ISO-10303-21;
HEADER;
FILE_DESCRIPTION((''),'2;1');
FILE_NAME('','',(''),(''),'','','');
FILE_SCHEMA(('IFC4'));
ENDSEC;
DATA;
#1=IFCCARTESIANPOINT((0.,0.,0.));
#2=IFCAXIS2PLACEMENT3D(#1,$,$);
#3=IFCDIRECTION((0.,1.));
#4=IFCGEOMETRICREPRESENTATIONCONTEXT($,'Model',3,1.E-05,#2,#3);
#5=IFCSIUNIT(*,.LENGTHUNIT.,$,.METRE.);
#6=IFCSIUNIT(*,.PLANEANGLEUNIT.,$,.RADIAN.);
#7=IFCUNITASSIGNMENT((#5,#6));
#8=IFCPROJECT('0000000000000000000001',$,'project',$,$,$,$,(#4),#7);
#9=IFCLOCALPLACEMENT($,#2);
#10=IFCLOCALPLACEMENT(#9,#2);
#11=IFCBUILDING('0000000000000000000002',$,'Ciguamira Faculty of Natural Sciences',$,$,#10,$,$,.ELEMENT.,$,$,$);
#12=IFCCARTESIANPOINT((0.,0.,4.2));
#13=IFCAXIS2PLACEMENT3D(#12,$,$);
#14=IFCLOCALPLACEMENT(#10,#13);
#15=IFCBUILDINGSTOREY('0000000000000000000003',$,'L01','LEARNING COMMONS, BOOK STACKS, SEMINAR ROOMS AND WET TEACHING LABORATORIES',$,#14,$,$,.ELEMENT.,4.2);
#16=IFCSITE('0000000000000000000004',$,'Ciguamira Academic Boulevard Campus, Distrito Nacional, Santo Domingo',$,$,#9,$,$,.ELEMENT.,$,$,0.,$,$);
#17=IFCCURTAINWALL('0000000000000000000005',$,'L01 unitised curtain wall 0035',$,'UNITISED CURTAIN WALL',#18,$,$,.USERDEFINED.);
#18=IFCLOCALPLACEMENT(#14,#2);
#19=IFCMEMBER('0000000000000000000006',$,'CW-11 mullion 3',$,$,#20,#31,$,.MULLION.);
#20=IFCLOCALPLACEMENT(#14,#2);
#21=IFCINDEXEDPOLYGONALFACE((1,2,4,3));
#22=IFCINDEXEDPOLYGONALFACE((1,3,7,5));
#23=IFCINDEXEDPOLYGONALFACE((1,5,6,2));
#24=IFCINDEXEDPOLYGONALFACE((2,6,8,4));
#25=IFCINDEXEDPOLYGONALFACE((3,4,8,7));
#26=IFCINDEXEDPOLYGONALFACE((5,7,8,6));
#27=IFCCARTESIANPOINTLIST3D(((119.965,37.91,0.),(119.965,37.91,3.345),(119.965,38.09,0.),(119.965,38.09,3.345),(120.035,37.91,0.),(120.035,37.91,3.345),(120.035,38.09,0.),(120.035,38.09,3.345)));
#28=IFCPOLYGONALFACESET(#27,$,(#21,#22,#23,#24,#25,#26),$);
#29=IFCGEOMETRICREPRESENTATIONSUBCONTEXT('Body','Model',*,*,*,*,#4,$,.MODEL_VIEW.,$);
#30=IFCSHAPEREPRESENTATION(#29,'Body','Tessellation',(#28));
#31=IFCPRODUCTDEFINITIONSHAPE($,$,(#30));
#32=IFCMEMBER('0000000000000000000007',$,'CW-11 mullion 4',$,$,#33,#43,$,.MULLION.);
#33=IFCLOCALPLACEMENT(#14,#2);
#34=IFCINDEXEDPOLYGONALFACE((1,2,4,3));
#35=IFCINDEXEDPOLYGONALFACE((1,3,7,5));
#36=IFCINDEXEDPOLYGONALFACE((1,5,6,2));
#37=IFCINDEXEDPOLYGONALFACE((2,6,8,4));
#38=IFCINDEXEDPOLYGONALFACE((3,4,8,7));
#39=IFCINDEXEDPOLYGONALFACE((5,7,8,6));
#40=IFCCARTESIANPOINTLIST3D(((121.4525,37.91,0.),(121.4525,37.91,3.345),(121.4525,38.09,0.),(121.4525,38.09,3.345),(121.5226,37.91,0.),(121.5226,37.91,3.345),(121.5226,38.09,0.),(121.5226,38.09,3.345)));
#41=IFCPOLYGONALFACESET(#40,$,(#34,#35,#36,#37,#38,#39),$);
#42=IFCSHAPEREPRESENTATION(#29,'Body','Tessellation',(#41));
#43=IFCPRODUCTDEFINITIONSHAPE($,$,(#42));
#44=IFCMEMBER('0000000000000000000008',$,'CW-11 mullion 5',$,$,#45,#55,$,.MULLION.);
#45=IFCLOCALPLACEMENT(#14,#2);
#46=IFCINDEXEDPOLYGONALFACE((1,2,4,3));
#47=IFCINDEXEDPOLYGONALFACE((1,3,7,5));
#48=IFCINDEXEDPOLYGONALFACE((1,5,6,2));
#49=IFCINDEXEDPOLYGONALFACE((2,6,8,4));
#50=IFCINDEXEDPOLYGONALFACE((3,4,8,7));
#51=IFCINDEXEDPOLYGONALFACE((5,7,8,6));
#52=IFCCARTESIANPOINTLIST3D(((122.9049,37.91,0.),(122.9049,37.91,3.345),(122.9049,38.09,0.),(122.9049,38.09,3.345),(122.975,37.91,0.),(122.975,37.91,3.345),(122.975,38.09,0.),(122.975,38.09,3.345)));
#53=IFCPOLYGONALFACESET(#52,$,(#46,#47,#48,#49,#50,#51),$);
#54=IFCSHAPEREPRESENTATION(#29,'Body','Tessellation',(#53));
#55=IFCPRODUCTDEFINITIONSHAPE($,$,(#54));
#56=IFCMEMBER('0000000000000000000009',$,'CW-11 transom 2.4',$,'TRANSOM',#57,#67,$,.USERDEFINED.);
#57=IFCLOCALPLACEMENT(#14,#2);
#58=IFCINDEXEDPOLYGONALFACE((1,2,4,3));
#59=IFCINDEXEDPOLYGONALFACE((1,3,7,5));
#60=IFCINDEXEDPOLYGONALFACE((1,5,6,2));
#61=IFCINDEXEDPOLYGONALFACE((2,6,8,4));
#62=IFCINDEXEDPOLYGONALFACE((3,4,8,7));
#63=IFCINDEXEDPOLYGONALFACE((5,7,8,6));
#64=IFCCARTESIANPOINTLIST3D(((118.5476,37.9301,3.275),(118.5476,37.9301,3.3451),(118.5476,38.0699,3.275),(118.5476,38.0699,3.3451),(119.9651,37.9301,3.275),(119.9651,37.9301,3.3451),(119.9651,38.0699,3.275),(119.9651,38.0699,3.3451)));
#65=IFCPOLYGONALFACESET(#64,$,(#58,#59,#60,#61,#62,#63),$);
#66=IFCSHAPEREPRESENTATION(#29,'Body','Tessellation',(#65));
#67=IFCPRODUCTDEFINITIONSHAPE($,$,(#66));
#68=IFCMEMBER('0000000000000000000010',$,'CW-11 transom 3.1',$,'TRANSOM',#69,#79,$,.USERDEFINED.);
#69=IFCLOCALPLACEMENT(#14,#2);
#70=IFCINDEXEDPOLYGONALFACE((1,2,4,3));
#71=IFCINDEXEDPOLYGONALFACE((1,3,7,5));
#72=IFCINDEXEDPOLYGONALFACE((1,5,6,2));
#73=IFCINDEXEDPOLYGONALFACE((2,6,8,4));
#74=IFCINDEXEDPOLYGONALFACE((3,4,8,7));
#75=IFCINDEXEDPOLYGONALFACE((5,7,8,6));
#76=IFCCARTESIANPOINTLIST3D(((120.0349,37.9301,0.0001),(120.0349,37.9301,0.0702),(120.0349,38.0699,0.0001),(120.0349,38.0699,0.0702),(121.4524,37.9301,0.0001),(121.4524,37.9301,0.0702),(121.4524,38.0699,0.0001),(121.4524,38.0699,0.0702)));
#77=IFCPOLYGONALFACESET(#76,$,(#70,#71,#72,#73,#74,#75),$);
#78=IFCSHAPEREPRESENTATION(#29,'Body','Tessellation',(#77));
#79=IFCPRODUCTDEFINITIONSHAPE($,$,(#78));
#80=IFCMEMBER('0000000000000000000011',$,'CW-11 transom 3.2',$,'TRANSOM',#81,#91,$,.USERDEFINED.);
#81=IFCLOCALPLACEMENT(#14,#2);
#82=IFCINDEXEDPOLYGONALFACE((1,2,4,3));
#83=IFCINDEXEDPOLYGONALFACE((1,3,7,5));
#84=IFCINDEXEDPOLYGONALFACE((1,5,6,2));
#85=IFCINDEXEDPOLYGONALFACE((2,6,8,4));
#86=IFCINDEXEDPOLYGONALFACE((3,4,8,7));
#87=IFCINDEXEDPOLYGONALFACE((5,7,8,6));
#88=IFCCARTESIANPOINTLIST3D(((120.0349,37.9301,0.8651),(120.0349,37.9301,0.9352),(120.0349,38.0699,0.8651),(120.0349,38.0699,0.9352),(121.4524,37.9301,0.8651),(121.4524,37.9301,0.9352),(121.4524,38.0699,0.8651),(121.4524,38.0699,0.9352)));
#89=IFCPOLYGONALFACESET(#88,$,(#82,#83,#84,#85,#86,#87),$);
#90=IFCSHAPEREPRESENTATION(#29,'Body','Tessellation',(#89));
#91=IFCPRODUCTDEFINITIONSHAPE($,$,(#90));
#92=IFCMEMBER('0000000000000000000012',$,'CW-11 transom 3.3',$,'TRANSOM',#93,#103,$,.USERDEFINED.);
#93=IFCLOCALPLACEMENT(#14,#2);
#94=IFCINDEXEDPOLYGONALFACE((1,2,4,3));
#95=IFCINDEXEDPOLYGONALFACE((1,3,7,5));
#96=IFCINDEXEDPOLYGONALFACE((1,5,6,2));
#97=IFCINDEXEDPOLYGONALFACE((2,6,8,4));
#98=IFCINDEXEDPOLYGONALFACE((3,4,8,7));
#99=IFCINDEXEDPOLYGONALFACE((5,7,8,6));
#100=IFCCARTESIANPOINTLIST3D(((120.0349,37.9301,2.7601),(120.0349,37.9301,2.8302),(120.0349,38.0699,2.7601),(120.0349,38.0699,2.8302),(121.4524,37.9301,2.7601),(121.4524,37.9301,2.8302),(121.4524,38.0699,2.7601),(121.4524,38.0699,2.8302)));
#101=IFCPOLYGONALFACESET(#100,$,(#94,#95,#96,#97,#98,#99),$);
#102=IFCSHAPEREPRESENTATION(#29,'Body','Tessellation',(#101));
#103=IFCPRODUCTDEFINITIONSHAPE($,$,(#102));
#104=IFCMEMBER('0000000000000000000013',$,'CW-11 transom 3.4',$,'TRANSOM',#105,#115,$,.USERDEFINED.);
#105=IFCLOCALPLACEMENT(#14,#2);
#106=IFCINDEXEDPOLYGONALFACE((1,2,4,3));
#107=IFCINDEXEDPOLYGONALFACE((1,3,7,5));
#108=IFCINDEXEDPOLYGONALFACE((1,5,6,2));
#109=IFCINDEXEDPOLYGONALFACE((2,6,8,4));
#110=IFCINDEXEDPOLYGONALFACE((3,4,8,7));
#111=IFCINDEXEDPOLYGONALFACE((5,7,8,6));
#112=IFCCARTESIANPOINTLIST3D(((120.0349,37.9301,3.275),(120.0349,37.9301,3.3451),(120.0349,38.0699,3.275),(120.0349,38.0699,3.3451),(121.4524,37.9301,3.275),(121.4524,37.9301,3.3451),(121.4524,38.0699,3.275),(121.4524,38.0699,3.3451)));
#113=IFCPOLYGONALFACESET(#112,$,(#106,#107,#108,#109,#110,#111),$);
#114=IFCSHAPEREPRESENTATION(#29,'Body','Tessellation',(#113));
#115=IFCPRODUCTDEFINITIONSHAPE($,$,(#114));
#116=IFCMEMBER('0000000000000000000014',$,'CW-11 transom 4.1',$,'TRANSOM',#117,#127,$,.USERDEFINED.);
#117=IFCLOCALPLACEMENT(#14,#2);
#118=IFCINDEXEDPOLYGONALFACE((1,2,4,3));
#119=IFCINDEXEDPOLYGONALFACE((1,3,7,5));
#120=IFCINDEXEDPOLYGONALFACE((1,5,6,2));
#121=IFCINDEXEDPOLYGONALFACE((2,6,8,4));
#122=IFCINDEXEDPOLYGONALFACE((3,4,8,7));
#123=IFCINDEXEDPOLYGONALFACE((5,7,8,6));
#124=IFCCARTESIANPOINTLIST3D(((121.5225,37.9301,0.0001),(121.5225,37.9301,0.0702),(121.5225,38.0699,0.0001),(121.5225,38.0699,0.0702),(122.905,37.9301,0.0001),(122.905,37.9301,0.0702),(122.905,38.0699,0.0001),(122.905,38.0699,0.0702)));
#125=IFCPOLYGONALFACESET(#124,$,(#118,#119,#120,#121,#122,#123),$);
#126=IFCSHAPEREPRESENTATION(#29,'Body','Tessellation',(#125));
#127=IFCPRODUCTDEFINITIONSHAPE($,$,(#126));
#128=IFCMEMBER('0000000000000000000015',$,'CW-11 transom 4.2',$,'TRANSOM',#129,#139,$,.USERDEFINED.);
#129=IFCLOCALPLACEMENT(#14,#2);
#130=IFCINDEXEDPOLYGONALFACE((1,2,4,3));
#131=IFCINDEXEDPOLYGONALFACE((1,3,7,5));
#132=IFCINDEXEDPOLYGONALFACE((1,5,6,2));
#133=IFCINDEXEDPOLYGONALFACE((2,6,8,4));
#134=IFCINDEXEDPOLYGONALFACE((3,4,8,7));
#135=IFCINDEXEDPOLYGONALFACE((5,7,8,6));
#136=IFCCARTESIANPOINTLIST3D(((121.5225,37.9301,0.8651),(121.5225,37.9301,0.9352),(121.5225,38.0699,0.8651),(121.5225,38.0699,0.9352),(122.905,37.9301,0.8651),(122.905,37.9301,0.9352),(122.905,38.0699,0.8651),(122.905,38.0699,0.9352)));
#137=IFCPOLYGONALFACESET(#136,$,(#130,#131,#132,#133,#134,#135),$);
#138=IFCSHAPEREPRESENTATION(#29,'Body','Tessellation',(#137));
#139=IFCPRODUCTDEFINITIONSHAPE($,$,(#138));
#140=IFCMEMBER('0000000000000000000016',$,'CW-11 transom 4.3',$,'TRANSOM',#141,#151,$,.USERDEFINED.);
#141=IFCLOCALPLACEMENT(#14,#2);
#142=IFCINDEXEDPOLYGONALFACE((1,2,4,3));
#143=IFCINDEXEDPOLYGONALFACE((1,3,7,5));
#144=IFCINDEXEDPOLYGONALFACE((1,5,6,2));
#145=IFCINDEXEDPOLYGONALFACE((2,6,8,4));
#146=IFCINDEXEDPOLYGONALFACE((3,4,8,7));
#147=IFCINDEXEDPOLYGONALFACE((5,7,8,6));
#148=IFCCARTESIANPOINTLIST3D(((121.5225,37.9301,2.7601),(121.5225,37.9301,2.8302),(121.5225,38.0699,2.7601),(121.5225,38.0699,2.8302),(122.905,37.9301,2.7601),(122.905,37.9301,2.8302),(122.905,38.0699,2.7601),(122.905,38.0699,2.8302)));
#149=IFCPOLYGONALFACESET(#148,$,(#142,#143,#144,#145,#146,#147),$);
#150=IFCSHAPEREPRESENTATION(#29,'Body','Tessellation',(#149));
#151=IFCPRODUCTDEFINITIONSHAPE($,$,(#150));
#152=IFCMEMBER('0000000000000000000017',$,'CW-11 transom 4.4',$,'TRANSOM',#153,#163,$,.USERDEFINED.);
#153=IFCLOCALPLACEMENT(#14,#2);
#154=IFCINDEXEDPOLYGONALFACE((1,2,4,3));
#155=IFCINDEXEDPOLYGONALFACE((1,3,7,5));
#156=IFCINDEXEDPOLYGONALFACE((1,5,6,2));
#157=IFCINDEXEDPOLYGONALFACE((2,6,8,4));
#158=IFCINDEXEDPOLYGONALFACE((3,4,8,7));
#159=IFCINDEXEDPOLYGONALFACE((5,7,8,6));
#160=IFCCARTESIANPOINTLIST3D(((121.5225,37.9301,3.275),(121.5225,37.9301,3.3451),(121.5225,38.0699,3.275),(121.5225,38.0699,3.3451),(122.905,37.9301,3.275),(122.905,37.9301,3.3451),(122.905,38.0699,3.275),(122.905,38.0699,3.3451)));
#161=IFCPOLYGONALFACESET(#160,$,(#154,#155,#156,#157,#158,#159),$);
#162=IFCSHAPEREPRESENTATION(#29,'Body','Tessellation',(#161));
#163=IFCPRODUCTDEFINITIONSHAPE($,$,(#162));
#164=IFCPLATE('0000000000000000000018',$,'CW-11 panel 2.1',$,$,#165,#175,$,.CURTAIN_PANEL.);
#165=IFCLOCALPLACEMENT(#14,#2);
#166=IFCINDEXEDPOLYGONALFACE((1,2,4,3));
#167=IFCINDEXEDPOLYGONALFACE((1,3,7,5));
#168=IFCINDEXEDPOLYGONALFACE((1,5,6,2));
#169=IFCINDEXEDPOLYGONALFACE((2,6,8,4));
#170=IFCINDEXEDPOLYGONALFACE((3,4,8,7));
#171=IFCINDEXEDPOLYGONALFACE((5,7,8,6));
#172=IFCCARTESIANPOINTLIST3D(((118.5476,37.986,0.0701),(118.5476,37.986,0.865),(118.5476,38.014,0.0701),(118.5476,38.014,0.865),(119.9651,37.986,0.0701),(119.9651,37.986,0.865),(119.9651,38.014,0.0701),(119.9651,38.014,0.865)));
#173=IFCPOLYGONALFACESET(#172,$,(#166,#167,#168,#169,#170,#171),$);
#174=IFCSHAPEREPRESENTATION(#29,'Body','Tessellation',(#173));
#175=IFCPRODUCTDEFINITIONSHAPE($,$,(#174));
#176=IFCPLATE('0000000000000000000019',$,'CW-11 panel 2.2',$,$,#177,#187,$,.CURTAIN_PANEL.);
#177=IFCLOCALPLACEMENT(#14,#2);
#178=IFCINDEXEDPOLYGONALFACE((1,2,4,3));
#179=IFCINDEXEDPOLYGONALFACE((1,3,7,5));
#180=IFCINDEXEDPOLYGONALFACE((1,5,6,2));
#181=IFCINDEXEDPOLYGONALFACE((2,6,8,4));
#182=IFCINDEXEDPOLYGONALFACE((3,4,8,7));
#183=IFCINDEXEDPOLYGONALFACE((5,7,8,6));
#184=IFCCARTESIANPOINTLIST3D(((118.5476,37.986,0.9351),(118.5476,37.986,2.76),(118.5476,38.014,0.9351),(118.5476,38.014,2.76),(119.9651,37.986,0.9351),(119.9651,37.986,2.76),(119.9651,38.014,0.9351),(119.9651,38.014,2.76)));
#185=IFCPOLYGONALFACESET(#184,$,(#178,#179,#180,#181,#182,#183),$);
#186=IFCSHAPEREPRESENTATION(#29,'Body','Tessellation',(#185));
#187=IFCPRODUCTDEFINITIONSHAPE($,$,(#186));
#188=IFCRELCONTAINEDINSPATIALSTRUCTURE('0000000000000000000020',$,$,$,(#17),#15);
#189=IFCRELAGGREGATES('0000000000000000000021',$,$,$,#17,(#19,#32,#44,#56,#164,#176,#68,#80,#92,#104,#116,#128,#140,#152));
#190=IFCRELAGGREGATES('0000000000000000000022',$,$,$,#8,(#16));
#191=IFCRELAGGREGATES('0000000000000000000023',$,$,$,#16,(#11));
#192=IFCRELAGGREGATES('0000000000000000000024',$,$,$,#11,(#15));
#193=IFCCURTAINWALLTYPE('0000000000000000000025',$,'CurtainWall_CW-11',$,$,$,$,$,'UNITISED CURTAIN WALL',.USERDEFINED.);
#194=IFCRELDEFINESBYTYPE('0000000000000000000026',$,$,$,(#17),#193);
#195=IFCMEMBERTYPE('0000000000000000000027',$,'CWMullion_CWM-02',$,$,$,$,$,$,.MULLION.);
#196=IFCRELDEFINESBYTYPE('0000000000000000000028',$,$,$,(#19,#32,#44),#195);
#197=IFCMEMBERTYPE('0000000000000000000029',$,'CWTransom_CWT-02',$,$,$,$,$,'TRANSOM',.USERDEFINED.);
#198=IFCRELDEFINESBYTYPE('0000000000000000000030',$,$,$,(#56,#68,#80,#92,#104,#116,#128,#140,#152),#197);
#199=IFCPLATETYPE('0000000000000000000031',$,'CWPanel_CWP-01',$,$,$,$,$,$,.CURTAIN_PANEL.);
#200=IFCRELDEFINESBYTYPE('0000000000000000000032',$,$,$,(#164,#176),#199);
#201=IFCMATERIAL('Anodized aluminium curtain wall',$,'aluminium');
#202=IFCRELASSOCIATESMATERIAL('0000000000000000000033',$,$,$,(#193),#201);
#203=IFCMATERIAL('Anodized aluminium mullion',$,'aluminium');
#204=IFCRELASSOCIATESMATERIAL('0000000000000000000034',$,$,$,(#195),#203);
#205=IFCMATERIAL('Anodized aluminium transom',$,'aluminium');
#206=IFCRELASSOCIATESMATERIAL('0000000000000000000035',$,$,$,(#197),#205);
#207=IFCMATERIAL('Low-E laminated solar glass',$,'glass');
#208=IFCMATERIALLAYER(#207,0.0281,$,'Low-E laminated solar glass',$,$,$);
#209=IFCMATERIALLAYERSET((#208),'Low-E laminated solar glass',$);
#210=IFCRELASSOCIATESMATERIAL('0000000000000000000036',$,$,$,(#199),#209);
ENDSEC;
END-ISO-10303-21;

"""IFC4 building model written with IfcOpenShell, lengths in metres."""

from ifc_helpers import new_model, si_unit, direction, frame, origin, origin_2d, place, context, subcontext, project, spatial, rectangle, extrude, material, layer, layer_set, material_profile, profile_set, type_object, element, aggregate, save


model = new_model("IFC4")

# Units and contexts
model_context = context("Model", 3, precision=1e-05, world=origin(), true_north=direction((0.0, 1.0)))
body_context = subcontext(model_context, "Body", "Model", "MODEL_VIEW")
ifc_project = project(units=[si_unit("LENGTHUNIT", "METRE"), si_unit("PLANEANGLEUNIT", "RADIAN")], contexts=[model_context])

# Site, building, storey
site_placement = place(None, origin())
site = spatial("IfcSite", under=ifc_project, at=site_placement, Name="Ciguamira Academic Boulevard Campus, Distrito Nacional, Santo Domingo", CompositionType="ELEMENT", RefElevation=0.0)
building_placement = place(site_placement, origin())
building = spatial("IfcBuilding", under=site, at=building_placement, Name="Ciguamira Faculty of Natural Sciences", CompositionType="ELEMENT")
storey_placement = place(building_placement, frame((0.0, 0.0, 4.2)))
storey = spatial("IfcBuildingStorey", under=building, at=storey_placement, Name="L01", Description="LEARNING COMMONS, BOOK STACKS, SEMINAR ROOMS AND WET TEACHING LABORATORIES", CompositionType="ELEMENT", Elevation=4.2)

# Curtain wall, members, plates
ifc_material_1 = material(Name="Anodized aluminium curtain wall", Category="aluminium")
curtain_wall_type = type_object("IfcCurtainWallType", Name="CurtainWall_CW-11", ElementType="UNITISED CURTAIN WALL", PredefinedType="USERDEFINED", material=ifc_material_1)
curtain_wall_placement = place(storey_placement, origin())
curtain_wall = element("IfcCurtainWall", 1, at=curtain_wall_placement, inside=storey, type_object=curtain_wall_type, Name="L01 unitised curtain wall 0035", ObjectType="UNITISED CURTAIN WALL", PredefinedType="USERDEFINED")
ifc_material_2 = material(Name="Anodized aluminium mullion", Category="aluminium")
ifc_material_profile_1 = material_profile(ifc_material_2, rectangle(XDim=0.0701, YDim=0.1799, at=origin_2d()), Name="ALU-MUL-70X180")
ifc_profile_set_1 = profile_set([ifc_material_profile_1], Name="Anodized aluminium mullion")
member_type_1 = type_object("IfcMemberType", Name="CWMullion_CWM-02", PredefinedType="MULLION", material=ifc_profile_set_1)
member_1_placement = place(storey_placement, frame((120.0, 38.0, 0.0), z_axis=(0.0, 0.0, 1.0), x_axis=(1.0, 0.0, 0.0)))
member_1 = element("IfcMember", 2, at=member_1_placement, type_object=member_type_1, Name="CW-11 mullion 3", PredefinedType="MULLION", context=body_context, shape_type="SweptSolid", body=[
    extrude(rectangle(XDim=0.0701, YDim=0.1799, at=origin_2d()), origin(), (0.0, 0.0, 1.0), 3.345),
])
member_2_placement = place(storey_placement, frame((121.4875, 38.0, 0.0), z_axis=(0.0, 0.0, 1.0), x_axis=(1.0, 0.0, 0.0)))
member_2 = element("IfcMember", 3, at=member_2_placement, type_object=member_type_1, Name="CW-11 mullion 4", PredefinedType="MULLION", context=body_context, shape_type="SweptSolid", body=[
    extrude(rectangle(XDim=0.0701, YDim=0.1799, at=origin_2d()), origin(), (0.0, 0.0, 1.0), 3.345),
])
member_3_placement = place(storey_placement, frame((122.9399, 38.0, 0.0), z_axis=(0.0, 0.0, 1.0), x_axis=(1.0, 0.0, 0.0)))
member_3 = element("IfcMember", 4, at=member_3_placement, type_object=member_type_1, Name="CW-11 mullion 5", PredefinedType="MULLION", context=body_context, shape_type="SweptSolid", body=[
    extrude(rectangle(XDim=0.0701, YDim=0.1799, at=origin_2d()), origin(), (0.0, 0.0, 1.0), 3.345),
])
ifc_material_3 = material(Name="Anodized aluminium transom", Category="aluminium")
ifc_material_profile_2 = material_profile(ifc_material_3, rectangle(XDim=0.0701, YDim=0.1399, at=origin_2d()), Name="ALU-TRN-70X140")
ifc_profile_set_2 = profile_set([ifc_material_profile_2], Name="Anodized aluminium transom")
member_type_2 = type_object("IfcMemberType", Name="CWTransom_CWT-02", ElementType="TRANSOM", PredefinedType="USERDEFINED", material=ifc_profile_set_2)
member_4_placement = place(storey_placement, frame((118.5476, 38.0, 3.3101), z_axis=(1.0, 0.0, 0.0), x_axis=(0.0, 0.0, 1.0)))
member_4 = element("IfcMember", 5, at=member_4_placement, type_object=member_type_2, Name="CW-11 transom 2.4", ObjectType="TRANSOM", PredefinedType="USERDEFINED", context=body_context, shape_type="SweptSolid", body=[
    extrude(rectangle(XDim=0.0701, YDim=0.1399, at=origin_2d()), origin(), (0.0, 0.0, 1.0), 1.4175),
])
member_5_placement = place(storey_placement, frame((120.0349, 38.0, 0.0352), z_axis=(1.0, 0.0, 0.0), x_axis=(0.0, 0.0, 1.0)))
member_5 = element("IfcMember", 6, at=member_5_placement, type_object=member_type_2, Name="CW-11 transom 3.1", ObjectType="TRANSOM", PredefinedType="USERDEFINED", context=body_context, shape_type="SweptSolid", body=[
    extrude(rectangle(XDim=0.0701, YDim=0.1399, at=origin_2d()), origin(), (0.0, 0.0, 1.0), 1.4175),
])
member_6_placement = place(storey_placement, frame((120.0349, 38.0, 0.9001), z_axis=(1.0, 0.0, 0.0), x_axis=(0.0, 0.0, 1.0)))
member_6 = element("IfcMember", 7, at=member_6_placement, type_object=member_type_2, Name="CW-11 transom 3.2", ObjectType="TRANSOM", PredefinedType="USERDEFINED", context=body_context, shape_type="SweptSolid", body=[
    extrude(rectangle(XDim=0.0701, YDim=0.1399, at=origin_2d()), origin(), (0.0, 0.0, 1.0), 1.4175),
])
member_7_placement = place(storey_placement, frame((120.0349, 38.0, 2.7952), z_axis=(1.0, 0.0, 0.0), x_axis=(0.0, 0.0, 1.0)))
member_7 = element("IfcMember", 8, at=member_7_placement, type_object=member_type_2, Name="CW-11 transom 3.3", ObjectType="TRANSOM", PredefinedType="USERDEFINED", context=body_context, shape_type="SweptSolid", body=[
    extrude(rectangle(XDim=0.0701, YDim=0.1399, at=origin_2d()), origin(), (0.0, 0.0, 1.0), 1.4175),
])
member_8_placement = place(storey_placement, frame((120.0349, 38.0, 3.3101), z_axis=(1.0, 0.0, 0.0), x_axis=(0.0, 0.0, 1.0)))
member_8 = element("IfcMember", 9, at=member_8_placement, type_object=member_type_2, Name="CW-11 transom 3.4", ObjectType="TRANSOM", PredefinedType="USERDEFINED", context=body_context, shape_type="SweptSolid", body=[
    extrude(rectangle(XDim=0.0701, YDim=0.1399, at=origin_2d()), origin(), (0.0, 0.0, 1.0), 1.4175),
])
member_9_placement = place(storey_placement, frame((121.5225, 38.0, 0.0352), z_axis=(1.0, 0.0, 0.0), x_axis=(0.0, 0.0, 1.0)))
member_9 = element("IfcMember", 10, at=member_9_placement, type_object=member_type_2, Name="CW-11 transom 4.1", ObjectType="TRANSOM", PredefinedType="USERDEFINED", context=body_context, shape_type="SweptSolid", body=[
    extrude(rectangle(XDim=0.0701, YDim=0.1399, at=origin_2d()), origin(), (0.0, 0.0, 1.0), 1.3826),
])
member_10_placement = place(storey_placement, frame((121.5225, 38.0, 0.9001), z_axis=(1.0, 0.0, 0.0), x_axis=(0.0, 0.0, 1.0)))
member_10 = element("IfcMember", 11, at=member_10_placement, type_object=member_type_2, Name="CW-11 transom 4.2", ObjectType="TRANSOM", PredefinedType="USERDEFINED", context=body_context, shape_type="SweptSolid", body=[
    extrude(rectangle(XDim=0.0701, YDim=0.1399, at=origin_2d()), origin(), (0.0, 0.0, 1.0), 1.3826),
])
member_11_placement = place(storey_placement, frame((121.5225, 38.0, 2.7952), z_axis=(1.0, 0.0, 0.0), x_axis=(0.0, 0.0, 1.0)))
member_11 = element("IfcMember", 12, at=member_11_placement, type_object=member_type_2, Name="CW-11 transom 4.3", ObjectType="TRANSOM", PredefinedType="USERDEFINED", context=body_context, shape_type="SweptSolid", body=[
    extrude(rectangle(XDim=0.0701, YDim=0.1399, at=origin_2d()), origin(), (0.0, 0.0, 1.0), 1.3826),
])
member_12_placement = place(storey_placement, frame((121.5225, 38.0, 3.3101), z_axis=(1.0, 0.0, 0.0), x_axis=(0.0, 0.0, 1.0)))
member_12 = element("IfcMember", 13, at=member_12_placement, type_object=member_type_2, Name="CW-11 transom 4.4", ObjectType="TRANSOM", PredefinedType="USERDEFINED", context=body_context, shape_type="SweptSolid", body=[
    extrude(rectangle(XDim=0.0701, YDim=0.1399, at=origin_2d()), origin(), (0.0, 0.0, 1.0), 1.3826),
])
ifc_material_4 = material(Name="Low-E laminated solar glass", Category="glass")
ifc_layer = layer(ifc_material_4, 0.0281, Name="Low-E laminated solar glass")
ifc_layer_set = layer_set([ifc_layer], Name="Low-E laminated solar glass")
plate_type = type_object("IfcPlateType", Name="CWPanel_CWP-01", PredefinedType="CURTAIN_PANEL", material=ifc_layer_set)
plate_1_placement = place(storey_placement, frame((119.2563, 38.0, 0.0701), z_axis=(0.0, 0.0, 1.0), x_axis=(1.0, 0.0, 0.0)))
plate_1 = element("IfcPlate", 14, at=plate_1_placement, type_object=plate_type, Name="CW-11 panel 2.1", PredefinedType="CURTAIN_PANEL", context=body_context, shape_type="SweptSolid", body=[
    extrude(rectangle(XDim=1.4175, YDim=0.0281, at=origin_2d()), origin(), (0.0, 0.0, 1.0), 0.7949),
])
plate_2_placement = place(storey_placement, frame((119.2563, 38.0, 0.9351), z_axis=(0.0, 0.0, 1.0), x_axis=(1.0, 0.0, 0.0)))
plate_2 = element("IfcPlate", 15, at=plate_2_placement, type_object=plate_type, Name="CW-11 panel 2.2", PredefinedType="CURTAIN_PANEL", context=body_context, shape_type="SweptSolid", body=[
    extrude(rectangle(XDim=1.4175, YDim=0.0281, at=origin_2d()), origin(), (0.0, 0.0, 1.0), 1.825),
])
aggregate(curtain_wall, [member_1, member_2, member_3, member_4, plate_1, plate_2, member_5, member_6, member_7, member_8, member_9, member_10, member_11, member_12])

save(model, "model.ifc")
